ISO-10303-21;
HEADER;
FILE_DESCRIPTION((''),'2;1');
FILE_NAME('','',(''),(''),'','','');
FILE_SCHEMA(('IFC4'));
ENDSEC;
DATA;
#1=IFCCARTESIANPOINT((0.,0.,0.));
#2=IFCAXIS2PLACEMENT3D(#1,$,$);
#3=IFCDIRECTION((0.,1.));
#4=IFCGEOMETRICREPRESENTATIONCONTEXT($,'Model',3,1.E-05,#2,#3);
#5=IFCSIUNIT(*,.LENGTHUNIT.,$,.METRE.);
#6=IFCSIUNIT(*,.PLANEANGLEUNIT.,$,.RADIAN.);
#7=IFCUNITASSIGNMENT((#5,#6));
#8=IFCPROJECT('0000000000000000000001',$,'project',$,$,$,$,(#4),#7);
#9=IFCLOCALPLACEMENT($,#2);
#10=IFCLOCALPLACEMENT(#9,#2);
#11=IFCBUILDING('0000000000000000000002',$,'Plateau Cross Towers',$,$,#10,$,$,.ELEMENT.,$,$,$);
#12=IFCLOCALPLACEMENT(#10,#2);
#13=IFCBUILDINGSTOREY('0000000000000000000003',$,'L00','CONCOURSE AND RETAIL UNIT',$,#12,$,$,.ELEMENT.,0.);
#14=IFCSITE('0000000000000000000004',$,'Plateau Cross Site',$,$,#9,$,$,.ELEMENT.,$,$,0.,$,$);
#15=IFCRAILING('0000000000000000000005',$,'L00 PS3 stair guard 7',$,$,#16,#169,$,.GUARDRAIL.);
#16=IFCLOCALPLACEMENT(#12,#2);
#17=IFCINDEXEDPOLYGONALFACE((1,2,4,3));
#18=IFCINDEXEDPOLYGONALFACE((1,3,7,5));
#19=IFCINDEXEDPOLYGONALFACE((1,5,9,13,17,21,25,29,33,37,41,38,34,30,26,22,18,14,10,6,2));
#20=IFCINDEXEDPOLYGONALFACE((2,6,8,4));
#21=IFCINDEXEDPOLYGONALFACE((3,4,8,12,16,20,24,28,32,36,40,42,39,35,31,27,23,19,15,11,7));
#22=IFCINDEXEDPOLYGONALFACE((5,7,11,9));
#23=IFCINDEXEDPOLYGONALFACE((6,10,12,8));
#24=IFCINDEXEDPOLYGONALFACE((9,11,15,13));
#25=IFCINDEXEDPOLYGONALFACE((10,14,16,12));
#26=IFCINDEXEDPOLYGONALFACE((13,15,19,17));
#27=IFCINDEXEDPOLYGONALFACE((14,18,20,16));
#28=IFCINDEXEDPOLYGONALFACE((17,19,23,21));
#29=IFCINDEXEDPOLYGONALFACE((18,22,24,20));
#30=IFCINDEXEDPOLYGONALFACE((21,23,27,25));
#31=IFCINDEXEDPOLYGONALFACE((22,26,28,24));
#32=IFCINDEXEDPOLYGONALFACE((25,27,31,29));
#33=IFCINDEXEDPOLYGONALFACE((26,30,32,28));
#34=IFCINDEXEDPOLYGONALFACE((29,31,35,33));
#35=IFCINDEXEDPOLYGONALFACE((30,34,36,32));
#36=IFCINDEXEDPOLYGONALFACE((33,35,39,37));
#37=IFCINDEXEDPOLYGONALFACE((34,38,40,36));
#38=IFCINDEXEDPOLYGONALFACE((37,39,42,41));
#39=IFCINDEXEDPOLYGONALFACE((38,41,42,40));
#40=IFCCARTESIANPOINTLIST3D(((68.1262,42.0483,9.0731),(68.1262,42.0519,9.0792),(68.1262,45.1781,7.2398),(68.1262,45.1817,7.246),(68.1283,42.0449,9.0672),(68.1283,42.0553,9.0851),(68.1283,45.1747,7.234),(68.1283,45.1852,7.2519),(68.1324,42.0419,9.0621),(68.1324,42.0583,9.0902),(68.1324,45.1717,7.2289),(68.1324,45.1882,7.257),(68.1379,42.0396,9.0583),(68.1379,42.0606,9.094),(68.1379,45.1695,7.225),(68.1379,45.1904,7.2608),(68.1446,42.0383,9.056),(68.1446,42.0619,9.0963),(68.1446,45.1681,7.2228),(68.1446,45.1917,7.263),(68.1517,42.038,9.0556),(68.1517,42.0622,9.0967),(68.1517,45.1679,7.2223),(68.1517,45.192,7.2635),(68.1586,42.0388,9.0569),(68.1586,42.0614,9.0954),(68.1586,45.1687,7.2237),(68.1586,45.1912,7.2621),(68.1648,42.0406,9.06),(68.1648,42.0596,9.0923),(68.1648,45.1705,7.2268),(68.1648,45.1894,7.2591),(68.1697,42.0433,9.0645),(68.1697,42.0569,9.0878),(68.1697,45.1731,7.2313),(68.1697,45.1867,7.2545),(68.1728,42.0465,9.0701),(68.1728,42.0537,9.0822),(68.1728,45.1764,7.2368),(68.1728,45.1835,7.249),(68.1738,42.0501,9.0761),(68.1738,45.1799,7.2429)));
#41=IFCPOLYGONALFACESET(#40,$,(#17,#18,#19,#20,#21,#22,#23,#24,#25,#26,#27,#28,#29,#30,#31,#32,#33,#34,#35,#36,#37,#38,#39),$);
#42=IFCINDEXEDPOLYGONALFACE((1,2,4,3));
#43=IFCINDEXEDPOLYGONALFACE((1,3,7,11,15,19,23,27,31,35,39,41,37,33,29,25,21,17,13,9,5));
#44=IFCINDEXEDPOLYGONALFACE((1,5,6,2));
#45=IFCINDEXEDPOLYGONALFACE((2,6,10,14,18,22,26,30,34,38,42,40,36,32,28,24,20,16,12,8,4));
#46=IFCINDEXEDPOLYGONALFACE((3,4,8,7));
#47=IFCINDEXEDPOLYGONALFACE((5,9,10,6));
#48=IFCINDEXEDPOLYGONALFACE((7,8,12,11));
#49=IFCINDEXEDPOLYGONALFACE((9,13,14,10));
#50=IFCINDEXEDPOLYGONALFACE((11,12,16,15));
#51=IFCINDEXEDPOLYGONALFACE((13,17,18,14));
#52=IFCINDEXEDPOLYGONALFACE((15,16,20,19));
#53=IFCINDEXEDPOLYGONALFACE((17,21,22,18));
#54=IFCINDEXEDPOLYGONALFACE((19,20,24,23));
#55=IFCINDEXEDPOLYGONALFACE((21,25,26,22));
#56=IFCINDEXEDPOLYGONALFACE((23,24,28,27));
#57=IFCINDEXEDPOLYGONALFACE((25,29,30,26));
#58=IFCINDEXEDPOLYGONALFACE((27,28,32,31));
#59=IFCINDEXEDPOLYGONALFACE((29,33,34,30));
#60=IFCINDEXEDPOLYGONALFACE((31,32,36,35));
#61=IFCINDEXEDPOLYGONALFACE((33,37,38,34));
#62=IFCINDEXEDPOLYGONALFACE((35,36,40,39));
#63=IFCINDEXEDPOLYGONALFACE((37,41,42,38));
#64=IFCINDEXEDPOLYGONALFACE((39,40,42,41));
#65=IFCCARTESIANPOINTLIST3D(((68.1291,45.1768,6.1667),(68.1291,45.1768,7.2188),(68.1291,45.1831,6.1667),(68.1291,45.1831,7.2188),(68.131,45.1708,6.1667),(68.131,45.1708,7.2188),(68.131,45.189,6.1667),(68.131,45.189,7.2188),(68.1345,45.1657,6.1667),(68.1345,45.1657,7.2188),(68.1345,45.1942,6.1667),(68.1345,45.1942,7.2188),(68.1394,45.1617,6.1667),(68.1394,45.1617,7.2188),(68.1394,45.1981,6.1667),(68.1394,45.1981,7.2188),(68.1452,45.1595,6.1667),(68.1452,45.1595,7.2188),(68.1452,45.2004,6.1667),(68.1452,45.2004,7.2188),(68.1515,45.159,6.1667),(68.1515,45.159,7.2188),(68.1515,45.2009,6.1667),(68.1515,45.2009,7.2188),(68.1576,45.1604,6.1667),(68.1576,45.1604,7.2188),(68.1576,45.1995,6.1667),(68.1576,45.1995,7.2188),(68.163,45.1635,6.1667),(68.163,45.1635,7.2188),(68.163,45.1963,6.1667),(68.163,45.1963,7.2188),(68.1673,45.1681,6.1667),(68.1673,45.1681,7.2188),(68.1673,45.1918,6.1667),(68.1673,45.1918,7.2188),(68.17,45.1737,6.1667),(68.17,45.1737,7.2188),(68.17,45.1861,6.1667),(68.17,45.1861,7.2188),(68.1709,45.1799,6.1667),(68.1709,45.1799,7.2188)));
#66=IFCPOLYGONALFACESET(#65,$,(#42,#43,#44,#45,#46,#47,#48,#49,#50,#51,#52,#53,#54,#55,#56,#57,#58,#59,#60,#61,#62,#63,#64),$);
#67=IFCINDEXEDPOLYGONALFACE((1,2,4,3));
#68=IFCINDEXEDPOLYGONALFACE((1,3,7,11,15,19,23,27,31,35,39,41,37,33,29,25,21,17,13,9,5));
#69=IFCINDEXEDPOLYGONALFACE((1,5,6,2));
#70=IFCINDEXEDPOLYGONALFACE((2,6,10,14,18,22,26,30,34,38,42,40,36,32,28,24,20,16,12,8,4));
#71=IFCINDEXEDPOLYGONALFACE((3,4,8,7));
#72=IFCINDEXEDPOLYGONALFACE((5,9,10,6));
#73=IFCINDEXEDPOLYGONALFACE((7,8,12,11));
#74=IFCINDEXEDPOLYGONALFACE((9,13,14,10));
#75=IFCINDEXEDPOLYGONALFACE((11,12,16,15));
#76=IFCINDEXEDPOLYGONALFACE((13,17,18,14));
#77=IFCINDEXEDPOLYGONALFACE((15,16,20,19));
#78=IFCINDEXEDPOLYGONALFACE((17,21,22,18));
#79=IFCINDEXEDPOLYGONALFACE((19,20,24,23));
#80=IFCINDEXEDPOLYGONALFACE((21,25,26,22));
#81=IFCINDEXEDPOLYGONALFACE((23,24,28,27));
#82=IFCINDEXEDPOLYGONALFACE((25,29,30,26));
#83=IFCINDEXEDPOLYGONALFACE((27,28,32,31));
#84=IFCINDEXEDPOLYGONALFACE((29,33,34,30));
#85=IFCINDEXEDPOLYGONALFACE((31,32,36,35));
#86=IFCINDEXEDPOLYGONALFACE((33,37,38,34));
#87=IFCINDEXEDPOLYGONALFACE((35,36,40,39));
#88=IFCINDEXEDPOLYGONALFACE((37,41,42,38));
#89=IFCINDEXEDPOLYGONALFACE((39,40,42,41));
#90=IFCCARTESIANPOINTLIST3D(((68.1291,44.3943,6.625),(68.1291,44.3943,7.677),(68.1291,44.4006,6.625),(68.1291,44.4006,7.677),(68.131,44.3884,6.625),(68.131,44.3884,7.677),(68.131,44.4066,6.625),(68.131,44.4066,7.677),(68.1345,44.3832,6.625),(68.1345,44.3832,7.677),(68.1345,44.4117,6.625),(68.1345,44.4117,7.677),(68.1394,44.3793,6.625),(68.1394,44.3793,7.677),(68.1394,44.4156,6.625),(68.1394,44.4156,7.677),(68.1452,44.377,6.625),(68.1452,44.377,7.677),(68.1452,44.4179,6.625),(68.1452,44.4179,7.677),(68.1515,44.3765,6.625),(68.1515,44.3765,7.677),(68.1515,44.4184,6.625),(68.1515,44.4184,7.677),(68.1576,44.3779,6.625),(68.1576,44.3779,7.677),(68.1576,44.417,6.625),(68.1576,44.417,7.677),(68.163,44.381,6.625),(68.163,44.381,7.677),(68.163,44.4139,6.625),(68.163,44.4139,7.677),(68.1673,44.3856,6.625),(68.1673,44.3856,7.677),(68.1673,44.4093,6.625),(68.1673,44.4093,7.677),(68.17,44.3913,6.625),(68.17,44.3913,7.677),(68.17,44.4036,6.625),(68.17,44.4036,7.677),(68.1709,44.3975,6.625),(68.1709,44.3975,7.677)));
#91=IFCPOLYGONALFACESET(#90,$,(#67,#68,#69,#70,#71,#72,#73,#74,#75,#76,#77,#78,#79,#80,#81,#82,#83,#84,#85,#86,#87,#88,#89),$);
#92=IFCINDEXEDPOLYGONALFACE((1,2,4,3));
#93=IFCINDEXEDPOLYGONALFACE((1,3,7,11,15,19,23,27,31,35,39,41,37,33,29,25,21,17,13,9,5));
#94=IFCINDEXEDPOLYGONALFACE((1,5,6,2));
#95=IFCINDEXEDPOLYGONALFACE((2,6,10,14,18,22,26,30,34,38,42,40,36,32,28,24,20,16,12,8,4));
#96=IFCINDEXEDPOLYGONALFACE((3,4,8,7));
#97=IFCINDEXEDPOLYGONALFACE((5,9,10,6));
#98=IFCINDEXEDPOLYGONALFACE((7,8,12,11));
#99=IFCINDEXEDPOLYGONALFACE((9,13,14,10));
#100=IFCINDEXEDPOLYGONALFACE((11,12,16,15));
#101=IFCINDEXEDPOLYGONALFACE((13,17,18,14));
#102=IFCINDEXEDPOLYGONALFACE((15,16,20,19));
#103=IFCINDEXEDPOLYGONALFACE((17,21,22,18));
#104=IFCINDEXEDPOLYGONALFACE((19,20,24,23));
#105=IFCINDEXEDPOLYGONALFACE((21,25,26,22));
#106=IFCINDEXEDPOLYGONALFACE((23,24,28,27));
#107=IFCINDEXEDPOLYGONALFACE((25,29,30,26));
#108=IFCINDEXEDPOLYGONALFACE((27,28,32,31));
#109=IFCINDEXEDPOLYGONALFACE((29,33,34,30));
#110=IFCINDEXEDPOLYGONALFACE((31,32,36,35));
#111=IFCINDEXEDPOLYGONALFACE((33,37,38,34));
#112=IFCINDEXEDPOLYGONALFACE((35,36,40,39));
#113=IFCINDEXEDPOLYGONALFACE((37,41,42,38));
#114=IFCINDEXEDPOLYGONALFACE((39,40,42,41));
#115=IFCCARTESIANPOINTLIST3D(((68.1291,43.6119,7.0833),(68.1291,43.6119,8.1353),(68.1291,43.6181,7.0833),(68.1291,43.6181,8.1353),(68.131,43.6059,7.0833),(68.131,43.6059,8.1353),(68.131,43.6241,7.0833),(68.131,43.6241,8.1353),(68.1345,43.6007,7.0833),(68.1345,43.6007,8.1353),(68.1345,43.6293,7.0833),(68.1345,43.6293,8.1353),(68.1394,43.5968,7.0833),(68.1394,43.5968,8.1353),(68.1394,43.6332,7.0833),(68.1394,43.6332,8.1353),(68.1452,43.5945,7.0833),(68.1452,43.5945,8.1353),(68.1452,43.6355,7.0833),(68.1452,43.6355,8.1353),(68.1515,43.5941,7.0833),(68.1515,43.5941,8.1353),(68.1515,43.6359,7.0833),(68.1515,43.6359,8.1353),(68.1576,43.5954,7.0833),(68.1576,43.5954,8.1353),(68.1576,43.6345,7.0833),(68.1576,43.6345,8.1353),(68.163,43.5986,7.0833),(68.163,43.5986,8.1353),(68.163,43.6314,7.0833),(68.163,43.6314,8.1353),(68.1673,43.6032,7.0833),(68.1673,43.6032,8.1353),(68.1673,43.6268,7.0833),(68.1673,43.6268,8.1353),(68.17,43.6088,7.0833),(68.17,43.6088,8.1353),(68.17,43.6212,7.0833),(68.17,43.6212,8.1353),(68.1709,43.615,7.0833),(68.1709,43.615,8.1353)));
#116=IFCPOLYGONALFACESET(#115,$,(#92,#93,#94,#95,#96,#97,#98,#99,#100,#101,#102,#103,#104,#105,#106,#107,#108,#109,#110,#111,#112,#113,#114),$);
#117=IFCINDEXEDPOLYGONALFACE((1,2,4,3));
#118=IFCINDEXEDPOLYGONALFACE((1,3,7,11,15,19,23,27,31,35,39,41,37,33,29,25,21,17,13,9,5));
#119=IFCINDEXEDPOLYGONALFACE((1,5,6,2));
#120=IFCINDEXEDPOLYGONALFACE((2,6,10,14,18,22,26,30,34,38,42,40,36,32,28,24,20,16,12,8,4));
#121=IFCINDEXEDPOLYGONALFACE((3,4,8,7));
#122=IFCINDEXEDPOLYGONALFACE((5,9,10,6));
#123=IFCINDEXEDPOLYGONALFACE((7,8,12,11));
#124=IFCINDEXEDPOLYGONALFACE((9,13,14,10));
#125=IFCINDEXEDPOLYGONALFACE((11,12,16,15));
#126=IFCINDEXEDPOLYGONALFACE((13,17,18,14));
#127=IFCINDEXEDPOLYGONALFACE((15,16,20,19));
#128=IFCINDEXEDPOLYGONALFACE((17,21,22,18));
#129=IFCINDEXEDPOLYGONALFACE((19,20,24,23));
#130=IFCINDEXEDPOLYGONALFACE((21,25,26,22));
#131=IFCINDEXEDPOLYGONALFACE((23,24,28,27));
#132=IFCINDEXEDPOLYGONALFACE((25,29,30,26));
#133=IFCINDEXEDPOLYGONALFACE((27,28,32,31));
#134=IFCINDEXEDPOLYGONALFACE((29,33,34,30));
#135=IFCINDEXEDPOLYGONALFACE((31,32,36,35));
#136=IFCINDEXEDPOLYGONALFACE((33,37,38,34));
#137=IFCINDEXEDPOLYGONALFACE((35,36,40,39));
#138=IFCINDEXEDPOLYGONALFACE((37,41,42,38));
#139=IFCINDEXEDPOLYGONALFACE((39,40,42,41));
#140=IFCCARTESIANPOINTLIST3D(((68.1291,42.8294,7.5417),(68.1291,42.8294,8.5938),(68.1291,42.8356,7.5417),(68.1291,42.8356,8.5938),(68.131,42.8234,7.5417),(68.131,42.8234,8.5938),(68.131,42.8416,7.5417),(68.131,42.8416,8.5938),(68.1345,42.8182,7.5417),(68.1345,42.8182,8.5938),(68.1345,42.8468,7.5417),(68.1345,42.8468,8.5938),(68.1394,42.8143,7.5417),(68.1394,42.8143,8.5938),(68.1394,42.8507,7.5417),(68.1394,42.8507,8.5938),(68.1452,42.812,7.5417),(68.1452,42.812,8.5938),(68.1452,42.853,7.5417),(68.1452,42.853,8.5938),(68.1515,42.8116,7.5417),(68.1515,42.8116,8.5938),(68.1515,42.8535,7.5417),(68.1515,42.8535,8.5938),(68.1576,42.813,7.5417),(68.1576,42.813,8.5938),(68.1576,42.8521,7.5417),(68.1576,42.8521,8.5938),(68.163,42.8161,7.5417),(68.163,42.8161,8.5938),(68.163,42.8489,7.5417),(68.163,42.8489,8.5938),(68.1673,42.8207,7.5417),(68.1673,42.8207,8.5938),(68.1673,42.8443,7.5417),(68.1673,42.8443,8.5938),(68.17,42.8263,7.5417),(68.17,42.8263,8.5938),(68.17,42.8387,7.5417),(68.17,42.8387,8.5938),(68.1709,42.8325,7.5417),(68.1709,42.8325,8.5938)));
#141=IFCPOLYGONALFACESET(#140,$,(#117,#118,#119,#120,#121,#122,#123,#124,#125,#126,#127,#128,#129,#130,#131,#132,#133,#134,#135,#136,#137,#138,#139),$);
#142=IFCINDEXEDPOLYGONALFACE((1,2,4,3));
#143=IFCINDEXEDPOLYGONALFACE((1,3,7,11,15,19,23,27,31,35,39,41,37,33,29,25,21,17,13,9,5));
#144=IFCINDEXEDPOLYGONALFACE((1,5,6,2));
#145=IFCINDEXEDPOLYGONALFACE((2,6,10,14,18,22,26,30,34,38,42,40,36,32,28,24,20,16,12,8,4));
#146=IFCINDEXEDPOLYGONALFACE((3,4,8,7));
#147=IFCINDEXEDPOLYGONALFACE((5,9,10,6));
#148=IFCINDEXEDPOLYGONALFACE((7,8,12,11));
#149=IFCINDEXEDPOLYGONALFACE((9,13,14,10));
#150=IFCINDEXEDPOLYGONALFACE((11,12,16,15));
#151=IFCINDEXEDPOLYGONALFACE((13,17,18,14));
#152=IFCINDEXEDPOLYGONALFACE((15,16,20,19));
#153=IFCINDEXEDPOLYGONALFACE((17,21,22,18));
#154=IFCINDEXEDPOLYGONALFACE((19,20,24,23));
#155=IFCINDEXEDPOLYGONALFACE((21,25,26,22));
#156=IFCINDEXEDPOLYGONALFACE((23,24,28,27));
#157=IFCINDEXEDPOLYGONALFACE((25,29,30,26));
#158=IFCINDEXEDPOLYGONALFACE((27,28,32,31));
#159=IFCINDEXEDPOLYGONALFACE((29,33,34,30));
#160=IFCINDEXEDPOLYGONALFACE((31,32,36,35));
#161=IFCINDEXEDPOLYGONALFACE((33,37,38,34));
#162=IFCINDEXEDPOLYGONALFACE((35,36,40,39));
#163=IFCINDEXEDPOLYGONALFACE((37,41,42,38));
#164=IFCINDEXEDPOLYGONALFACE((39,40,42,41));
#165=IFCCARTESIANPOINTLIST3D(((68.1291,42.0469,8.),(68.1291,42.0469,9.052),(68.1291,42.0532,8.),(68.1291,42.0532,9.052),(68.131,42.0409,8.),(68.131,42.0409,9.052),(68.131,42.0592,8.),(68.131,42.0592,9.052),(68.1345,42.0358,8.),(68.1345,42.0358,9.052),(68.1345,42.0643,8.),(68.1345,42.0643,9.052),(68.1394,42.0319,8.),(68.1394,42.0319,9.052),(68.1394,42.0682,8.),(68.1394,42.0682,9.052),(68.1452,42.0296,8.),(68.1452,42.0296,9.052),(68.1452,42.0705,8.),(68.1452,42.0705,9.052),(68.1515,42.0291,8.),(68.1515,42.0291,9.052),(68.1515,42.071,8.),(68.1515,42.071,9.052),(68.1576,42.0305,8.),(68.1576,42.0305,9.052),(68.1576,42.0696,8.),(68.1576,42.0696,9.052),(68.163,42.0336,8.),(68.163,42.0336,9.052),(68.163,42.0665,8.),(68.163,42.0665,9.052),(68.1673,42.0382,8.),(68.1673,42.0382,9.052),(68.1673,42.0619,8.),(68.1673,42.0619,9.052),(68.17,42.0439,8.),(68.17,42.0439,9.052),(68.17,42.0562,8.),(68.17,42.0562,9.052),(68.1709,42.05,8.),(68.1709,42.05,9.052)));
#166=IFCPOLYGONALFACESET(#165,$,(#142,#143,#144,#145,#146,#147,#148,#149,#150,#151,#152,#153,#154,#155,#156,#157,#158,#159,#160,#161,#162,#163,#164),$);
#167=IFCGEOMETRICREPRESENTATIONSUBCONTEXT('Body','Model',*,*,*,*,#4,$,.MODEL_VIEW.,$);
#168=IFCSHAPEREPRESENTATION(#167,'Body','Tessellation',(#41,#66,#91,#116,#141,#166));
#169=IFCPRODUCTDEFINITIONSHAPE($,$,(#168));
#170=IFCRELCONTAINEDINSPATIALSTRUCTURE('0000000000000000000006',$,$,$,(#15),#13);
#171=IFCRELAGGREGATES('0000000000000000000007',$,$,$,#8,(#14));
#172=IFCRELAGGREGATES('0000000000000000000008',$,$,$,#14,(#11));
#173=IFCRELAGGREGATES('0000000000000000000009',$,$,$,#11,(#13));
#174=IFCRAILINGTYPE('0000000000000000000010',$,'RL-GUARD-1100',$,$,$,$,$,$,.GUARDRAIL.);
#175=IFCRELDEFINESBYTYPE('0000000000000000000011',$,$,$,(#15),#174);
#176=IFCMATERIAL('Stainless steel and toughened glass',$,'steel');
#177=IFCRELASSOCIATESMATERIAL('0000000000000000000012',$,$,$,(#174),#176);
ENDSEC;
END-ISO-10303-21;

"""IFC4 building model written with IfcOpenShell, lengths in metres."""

from ifc_helpers import new_model, si_unit, direction, frame, origin, origin_2d, place, context, subcontext, project, spatial, circle, extrude, material, type_object, element, save


model = new_model("IFC4")

# Units and contexts
model_context = context("Model", 3, precision=1e-05, world=origin(), true_north=direction((0.0, 1.0)))
body_context = subcontext(model_context, "Body", "Model", "MODEL_VIEW")
ifc_project = project(units=[si_unit("LENGTHUNIT", "METRE"), si_unit("PLANEANGLEUNIT", "RADIAN")], contexts=[model_context])

# Site, building, storey
site_placement = place(None, origin())
site = spatial("IfcSite", under=ifc_project, at=site_placement, Name="Plateau Cross Site", CompositionType="ELEMENT", RefElevation=0.0)
building_placement = place(site_placement, origin())
building = spatial("IfcBuilding", under=site, at=building_placement, Name="Plateau Cross Towers", CompositionType="ELEMENT")
storey_placement = place(building_placement, origin())
storey = spatial("IfcBuildingStorey", under=building, at=storey_placement, Name="L00", Description="CONCOURSE AND RETAIL UNIT", CompositionType="ELEMENT", Elevation=0.0)

# Railing
ifc_material_1 = material(Name="Stainless steel and toughened glass", Category="steel")
railing_type_1 = type_object("IfcRailingType", Name="RL-GUARD-1100", PredefinedType="GUARDRAIL", material=ifc_material_1)
railing_1_placement = place(storey_placement, frame((68.1499, 45.1799, 6.1667)))
element("IfcRailing", 1, at=railing_1_placement, inside=storey, type_object=railing_type_1, Name="L00 PS3 stair guard 7", PredefinedType="GUARDRAIL", context=body_context, shape_type="SweptSolid", body=[
    extrude(circle(Radius=0.0239, at=origin_2d()), frame((0.0, 0.0, 1.0762), z_axis=(0.0, -0.862879, 0.50541), x_axis=(1.0, 0.0, 0.0)), (0.0, 0.0, 1.0), 3.6272),
    extrude(circle(Radius=0.021, at=origin_2d()), origin(), (0.0, 0.0, 1.0), 1.052),
    extrude(circle(Radius=0.021, at=origin_2d()), frame((0.0, -0.7825, 0.4583)), (0.0, 0.0, 1.0), 1.052),
    extrude(circle(Radius=0.021, at=origin_2d()), frame((0.0, -1.5649, 0.9165)), (0.0, 0.0, 1.0), 1.052),
    extrude(circle(Radius=0.021, at=origin_2d()), frame((0.0, -2.3474, 1.375)), (0.0, 0.0, 1.0), 1.052),
    extrude(circle(Radius=0.021, at=origin_2d()), frame((0.0, -3.1299, 1.8333)), (0.0, 0.0, 1.0), 1.052),
])

save(model, "model.ifc")
